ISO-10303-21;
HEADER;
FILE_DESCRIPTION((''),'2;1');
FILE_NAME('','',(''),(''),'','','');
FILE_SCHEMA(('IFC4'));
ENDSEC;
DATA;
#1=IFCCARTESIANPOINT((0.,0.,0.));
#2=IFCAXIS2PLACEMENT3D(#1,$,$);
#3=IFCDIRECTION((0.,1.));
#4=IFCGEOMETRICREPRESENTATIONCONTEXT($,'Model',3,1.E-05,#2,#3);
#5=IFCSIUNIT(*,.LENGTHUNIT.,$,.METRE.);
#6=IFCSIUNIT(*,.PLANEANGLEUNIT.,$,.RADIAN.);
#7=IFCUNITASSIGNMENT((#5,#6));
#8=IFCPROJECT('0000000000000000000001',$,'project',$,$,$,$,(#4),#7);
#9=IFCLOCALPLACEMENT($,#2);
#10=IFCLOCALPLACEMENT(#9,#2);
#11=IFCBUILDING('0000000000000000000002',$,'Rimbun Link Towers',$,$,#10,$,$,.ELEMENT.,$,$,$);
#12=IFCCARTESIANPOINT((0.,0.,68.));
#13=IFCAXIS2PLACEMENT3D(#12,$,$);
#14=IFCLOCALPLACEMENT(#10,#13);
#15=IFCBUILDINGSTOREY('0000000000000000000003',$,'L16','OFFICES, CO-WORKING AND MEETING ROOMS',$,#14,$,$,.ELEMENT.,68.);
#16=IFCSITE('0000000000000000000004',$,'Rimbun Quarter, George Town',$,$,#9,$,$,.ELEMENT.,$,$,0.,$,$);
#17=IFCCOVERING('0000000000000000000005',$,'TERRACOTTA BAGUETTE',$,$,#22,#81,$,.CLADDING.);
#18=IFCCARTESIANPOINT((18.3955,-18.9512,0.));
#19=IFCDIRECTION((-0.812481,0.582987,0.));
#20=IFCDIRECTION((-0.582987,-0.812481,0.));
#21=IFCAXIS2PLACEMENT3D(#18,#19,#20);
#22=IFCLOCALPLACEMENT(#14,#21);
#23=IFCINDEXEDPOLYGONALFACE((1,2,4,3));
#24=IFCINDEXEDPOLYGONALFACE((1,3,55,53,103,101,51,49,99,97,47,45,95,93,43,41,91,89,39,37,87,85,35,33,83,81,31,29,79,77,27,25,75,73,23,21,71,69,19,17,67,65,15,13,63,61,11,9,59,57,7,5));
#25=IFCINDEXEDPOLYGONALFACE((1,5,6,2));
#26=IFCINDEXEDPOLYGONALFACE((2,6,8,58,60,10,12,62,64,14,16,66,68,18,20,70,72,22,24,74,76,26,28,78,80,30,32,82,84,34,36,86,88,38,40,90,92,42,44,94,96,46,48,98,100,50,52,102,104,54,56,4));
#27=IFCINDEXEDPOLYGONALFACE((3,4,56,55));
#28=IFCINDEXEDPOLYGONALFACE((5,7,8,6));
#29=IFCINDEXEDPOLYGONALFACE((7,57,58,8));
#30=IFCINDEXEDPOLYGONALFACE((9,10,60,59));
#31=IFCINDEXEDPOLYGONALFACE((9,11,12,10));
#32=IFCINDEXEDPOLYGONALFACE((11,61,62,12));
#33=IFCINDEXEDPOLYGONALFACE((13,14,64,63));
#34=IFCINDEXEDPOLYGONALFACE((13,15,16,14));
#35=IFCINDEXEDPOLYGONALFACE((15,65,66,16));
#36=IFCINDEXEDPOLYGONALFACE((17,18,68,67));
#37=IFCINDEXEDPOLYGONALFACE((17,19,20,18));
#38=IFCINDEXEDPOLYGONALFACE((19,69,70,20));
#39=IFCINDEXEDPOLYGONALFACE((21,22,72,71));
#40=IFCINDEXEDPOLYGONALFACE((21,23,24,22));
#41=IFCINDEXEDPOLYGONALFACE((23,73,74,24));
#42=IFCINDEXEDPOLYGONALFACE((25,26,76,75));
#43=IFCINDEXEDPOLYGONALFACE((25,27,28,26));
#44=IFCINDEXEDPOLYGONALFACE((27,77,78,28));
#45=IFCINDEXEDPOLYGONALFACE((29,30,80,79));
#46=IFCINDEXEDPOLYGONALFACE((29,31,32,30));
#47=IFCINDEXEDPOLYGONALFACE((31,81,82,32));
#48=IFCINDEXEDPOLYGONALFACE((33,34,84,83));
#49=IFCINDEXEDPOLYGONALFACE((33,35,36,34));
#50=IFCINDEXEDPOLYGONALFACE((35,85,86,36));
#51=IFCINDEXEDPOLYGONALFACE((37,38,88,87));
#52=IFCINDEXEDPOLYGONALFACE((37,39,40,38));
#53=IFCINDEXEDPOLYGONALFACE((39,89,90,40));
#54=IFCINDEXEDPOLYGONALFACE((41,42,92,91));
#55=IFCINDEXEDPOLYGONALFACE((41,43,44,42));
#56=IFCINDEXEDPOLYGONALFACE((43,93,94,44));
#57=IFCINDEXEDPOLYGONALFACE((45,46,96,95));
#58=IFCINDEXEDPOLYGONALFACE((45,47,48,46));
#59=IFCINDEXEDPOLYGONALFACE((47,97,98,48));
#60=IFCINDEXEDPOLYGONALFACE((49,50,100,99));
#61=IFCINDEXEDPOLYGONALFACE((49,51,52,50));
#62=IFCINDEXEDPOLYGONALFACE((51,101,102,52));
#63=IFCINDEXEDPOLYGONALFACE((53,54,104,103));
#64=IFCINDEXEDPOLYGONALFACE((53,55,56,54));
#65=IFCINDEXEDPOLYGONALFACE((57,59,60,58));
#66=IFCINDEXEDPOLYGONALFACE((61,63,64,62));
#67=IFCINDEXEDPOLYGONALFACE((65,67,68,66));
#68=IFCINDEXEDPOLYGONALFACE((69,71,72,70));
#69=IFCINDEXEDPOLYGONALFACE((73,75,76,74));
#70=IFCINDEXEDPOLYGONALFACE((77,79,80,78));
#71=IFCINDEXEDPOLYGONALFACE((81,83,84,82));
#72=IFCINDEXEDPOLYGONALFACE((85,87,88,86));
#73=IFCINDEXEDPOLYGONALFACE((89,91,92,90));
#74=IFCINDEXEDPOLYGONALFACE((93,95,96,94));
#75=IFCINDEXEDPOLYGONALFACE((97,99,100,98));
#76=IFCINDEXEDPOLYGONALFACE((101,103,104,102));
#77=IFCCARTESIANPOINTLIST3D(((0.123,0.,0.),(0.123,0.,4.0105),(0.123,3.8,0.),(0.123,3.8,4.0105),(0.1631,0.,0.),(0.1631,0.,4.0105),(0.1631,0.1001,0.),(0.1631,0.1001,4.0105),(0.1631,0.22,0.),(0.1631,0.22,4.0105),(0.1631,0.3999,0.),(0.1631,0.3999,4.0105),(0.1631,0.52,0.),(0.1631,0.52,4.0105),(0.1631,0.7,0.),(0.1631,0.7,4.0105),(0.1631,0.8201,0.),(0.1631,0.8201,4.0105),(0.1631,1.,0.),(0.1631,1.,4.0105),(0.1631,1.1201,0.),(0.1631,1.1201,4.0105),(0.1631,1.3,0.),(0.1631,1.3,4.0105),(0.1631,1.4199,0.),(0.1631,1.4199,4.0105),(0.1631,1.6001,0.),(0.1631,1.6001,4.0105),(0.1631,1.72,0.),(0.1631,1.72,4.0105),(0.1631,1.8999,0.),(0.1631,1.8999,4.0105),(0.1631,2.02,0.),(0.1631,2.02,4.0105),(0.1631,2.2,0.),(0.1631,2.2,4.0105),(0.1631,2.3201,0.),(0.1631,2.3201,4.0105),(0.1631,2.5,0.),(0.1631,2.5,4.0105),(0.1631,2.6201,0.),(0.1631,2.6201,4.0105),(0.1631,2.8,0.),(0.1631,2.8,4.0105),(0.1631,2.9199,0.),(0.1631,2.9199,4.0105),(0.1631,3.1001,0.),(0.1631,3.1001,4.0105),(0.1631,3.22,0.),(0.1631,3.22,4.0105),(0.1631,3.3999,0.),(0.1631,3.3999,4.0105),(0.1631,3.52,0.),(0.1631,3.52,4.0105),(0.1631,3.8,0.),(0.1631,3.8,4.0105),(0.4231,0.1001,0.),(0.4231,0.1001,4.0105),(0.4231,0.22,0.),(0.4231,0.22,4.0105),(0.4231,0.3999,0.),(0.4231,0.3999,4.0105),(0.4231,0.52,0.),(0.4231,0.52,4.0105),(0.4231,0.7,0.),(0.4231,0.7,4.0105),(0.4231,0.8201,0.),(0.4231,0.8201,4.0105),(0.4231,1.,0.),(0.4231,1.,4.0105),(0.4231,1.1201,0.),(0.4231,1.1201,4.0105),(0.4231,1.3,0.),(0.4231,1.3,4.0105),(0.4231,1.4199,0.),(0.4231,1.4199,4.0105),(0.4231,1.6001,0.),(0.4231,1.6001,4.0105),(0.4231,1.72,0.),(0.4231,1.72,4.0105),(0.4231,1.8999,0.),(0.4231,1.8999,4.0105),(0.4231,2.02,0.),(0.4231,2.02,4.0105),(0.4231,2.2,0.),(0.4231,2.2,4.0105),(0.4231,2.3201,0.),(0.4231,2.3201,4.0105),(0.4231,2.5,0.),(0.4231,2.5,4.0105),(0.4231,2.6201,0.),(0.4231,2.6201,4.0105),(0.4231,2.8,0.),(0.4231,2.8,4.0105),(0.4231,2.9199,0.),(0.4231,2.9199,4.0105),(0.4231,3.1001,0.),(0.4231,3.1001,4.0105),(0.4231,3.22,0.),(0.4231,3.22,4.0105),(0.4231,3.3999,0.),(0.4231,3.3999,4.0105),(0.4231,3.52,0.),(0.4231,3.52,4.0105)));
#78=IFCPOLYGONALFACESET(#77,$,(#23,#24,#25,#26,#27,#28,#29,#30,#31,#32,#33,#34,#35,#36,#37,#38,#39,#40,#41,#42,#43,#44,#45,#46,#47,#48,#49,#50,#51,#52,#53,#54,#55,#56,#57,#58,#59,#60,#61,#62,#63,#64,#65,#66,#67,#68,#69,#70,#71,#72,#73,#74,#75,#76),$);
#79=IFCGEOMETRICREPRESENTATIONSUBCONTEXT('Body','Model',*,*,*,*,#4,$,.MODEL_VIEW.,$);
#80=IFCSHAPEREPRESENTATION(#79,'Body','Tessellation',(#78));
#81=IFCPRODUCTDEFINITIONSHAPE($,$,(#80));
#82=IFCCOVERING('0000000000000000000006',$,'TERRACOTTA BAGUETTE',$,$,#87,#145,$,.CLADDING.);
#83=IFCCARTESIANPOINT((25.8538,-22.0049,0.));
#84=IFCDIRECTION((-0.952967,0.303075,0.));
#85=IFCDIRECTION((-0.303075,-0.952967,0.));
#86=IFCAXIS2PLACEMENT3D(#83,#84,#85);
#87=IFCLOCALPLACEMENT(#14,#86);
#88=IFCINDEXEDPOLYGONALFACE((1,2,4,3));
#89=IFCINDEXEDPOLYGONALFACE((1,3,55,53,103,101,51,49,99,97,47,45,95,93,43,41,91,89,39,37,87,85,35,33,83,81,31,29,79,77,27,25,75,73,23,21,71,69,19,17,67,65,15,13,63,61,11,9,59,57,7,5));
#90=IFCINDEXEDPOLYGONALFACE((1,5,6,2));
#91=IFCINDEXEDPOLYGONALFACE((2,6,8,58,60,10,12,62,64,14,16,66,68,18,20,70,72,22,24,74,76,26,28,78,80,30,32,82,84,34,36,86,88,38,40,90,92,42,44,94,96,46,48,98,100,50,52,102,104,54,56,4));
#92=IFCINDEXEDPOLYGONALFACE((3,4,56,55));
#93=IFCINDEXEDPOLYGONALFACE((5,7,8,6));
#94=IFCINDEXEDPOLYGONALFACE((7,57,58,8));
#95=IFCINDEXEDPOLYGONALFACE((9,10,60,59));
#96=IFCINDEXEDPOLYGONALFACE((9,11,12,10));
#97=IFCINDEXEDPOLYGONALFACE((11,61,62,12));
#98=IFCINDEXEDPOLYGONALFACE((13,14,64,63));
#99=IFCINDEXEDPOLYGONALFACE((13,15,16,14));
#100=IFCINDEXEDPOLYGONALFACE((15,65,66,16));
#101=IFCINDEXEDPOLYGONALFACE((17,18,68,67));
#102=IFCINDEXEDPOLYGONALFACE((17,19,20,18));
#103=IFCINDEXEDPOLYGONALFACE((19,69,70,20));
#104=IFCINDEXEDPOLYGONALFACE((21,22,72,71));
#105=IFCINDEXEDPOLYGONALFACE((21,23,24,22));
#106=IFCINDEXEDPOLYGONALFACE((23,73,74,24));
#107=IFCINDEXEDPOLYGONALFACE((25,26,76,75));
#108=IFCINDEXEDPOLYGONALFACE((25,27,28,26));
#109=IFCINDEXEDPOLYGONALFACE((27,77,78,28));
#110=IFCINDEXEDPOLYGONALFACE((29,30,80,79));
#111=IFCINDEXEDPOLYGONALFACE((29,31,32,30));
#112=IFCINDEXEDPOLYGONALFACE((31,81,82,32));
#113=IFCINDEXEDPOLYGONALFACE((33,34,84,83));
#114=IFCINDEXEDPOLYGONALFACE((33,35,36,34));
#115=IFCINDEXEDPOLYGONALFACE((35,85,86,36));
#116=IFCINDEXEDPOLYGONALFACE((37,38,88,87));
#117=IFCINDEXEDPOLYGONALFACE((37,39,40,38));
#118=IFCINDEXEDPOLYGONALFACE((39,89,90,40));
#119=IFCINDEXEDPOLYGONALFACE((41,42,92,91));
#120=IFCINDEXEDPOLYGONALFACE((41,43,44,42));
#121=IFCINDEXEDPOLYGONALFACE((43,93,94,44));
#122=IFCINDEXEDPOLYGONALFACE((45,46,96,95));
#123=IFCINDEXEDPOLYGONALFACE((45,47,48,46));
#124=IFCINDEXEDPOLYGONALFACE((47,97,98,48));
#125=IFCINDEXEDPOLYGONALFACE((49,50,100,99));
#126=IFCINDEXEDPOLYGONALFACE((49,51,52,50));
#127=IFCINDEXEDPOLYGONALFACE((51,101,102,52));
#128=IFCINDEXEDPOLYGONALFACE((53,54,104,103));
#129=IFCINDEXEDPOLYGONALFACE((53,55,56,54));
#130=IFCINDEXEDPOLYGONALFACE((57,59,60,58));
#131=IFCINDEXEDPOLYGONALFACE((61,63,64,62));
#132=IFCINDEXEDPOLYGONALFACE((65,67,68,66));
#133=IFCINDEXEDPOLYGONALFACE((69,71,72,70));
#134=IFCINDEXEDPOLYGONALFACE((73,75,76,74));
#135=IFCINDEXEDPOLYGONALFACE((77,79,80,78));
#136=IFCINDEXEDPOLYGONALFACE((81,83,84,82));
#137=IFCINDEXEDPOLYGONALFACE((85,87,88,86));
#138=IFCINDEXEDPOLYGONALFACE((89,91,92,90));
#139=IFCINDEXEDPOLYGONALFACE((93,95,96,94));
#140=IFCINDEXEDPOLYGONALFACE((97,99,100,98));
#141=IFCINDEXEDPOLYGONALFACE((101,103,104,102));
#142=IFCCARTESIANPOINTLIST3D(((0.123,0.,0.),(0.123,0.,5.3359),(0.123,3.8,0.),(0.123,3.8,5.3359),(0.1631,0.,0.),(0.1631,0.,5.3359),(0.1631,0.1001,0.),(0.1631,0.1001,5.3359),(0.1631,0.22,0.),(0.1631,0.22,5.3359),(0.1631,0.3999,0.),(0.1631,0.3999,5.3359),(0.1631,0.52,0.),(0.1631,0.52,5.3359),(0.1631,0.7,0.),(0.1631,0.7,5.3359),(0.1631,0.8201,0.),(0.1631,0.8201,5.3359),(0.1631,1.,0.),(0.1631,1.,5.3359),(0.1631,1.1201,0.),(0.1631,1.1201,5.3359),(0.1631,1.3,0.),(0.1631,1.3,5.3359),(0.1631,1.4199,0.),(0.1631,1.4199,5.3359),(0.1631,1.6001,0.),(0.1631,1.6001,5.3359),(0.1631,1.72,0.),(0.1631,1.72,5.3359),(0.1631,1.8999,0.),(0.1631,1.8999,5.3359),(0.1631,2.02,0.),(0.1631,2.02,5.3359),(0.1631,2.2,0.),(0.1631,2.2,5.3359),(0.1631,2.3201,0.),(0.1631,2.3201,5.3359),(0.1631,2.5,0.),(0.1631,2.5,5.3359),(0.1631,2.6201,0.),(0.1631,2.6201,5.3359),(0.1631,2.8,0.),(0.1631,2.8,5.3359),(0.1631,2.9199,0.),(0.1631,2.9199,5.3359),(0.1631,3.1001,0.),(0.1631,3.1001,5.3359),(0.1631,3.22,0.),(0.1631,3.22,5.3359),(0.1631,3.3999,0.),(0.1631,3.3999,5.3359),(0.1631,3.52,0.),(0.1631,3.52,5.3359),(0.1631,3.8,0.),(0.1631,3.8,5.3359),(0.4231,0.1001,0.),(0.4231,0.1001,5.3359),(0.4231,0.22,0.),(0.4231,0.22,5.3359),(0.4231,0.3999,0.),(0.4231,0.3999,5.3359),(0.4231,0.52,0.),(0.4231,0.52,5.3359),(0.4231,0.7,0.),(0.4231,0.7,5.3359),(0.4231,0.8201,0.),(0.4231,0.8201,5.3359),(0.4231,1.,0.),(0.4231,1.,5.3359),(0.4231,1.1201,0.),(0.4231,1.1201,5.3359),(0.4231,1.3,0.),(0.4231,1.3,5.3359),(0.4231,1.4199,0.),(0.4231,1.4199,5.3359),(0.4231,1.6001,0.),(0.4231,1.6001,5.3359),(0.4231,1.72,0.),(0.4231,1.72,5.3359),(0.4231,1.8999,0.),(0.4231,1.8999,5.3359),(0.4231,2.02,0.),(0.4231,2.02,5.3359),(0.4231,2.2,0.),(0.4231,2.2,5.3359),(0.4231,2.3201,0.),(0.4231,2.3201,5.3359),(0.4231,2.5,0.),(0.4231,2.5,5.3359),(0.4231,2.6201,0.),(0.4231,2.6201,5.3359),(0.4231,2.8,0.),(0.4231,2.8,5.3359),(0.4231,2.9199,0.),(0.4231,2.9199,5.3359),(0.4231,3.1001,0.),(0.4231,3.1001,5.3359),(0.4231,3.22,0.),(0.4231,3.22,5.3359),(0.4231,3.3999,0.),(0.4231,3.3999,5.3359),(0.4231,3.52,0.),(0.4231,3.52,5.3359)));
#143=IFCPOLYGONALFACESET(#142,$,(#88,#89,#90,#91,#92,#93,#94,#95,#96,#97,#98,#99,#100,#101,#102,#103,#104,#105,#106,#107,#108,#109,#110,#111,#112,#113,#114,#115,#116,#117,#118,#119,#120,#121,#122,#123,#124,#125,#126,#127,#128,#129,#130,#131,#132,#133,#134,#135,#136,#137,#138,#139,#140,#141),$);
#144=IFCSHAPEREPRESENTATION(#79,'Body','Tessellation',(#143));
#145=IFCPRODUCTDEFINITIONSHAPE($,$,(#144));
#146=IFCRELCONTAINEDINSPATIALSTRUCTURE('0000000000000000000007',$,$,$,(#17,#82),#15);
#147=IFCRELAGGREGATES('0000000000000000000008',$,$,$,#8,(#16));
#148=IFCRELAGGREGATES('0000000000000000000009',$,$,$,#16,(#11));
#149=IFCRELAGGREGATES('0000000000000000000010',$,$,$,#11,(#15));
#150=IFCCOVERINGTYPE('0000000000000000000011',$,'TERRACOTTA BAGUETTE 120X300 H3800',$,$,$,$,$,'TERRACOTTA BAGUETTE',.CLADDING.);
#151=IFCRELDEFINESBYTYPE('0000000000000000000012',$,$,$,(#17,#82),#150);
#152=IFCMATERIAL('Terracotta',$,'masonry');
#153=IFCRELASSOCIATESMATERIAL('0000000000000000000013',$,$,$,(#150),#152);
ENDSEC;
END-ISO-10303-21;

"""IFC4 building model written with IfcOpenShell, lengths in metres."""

from ifc_helpers import new_model, si_unit, direction, frame, origin, place, context, subcontext, project, spatial, polyline, outline, extrude, material, material_profile, profile_set, type_object, element, save


model = new_model("IFC4")

# Units and contexts
model_context = context("Model", 3, precision=1e-05, world=origin(), true_north=direction((0.0, 1.0)))
body_context = subcontext(model_context, "Body", "Model", "MODEL_VIEW")
ifc_project = project(units=[si_unit("LENGTHUNIT", "METRE"), si_unit("PLANEANGLEUNIT", "RADIAN")], contexts=[model_context])

# Site, building, storey
site_placement = place(None, origin())
site = spatial("IfcSite", under=ifc_project, at=site_placement, Name="Rimbun Quarter, George Town", CompositionType="ELEMENT", RefElevation=0.0)
building_placement = place(site_placement, origin())
building = spatial("IfcBuilding", under=site, at=building_placement, Name="Rimbun Link Towers", CompositionType="ELEMENT")
storey_placement = place(building_placement, frame((0.0, 0.0, 68.0)))
storey = spatial("IfcBuildingStorey", under=building, at=storey_placement, Name="L16", Description="OFFICES, CO-WORKING AND MEETING ROOMS", CompositionType="ELEMENT", Elevation=68.0)

# Coverings
ifc_material_1 = material(Name="Terracotta", Category="masonry")
ifc_material_profile_1 = material_profile(ifc_material_1, outline(polyline([(0.123, 0.0), (0.1631, 0.0), (0.1631, 0.1001), (0.4231, 0.1001), (0.4231, 0.22), (0.1631, 0.22), (0.1631, 0.3999), (0.4231, 0.3999), (0.4231, 0.52), (0.1631, 0.52), (0.1631, 0.7), (0.4231, 0.7), (0.4231, 0.8201), (0.1631, 0.8201), (0.1631, 1.0), (0.4231, 1.0), (0.4231, 1.1201), (0.1631, 1.1201), (0.1631, 1.3), (0.4231, 1.3), (0.4231, 1.4199), (0.1631, 1.4199), (0.1631, 1.6001), (0.4231, 1.6001), (0.4231, 1.72), (0.1631, 1.72), (0.1631, 1.8999), (0.4231, 1.8999), (0.4231, 2.02), (0.1631, 2.02), (0.1631, 2.2), (0.4231, 2.2), (0.4231, 2.3201), (0.1631, 2.3201), (0.1631, 2.5), (0.4231, 2.5), (0.4231, 2.6201), (0.1631, 2.6201), (0.1631, 2.8), (0.4231, 2.8), (0.4231, 2.9199), (0.1631, 2.9199), (0.1631, 3.1001), (0.4231, 3.1001), (0.4231, 3.22), (0.1631, 3.22), (0.1631, 3.3999), (0.4231, 3.3999), (0.4231, 3.52), (0.1631, 3.52), (0.1631, 3.8), (0.123, 3.8), (0.123, 0.0)])), Name="BAGUETTE 120X300")
ifc_profile_set_1 = profile_set([ifc_material_profile_1], Name="Terracotta")
covering_type = type_object("IfcCoveringType", Name="TERRACOTTA BAGUETTE 120X300 H3800", ElementType="TERRACOTTA BAGUETTE", PredefinedType="CLADDING", material=ifc_profile_set_1)
covering_1_placement = place(storey_placement, frame((18.3955, -18.9512, 0.0), z_axis=(-0.812481, 0.582987, 0.0), x_axis=(-0.582987, -0.812481, 0.0)))
element("IfcCovering", 1, at=covering_1_placement, inside=storey, type_object=covering_type, Name="TERRACOTTA BAGUETTE", PredefinedType="CLADDING", context=body_context, shape_type="SweptSolid", body=[
    extrude(outline(polyline([(0.123, 0.0), (0.1631, 0.0), (0.1631, 0.1001), (0.4231, 0.1001), (0.4231, 0.22), (0.1631, 0.22), (0.1631, 0.3999), (0.4231, 0.3999), (0.4231, 0.52), (0.1631, 0.52), (0.1631, 0.7), (0.4231, 0.7), (0.4231, 0.8201), (0.1631, 0.8201), (0.1631, 1.0), (0.4231, 1.0), (0.4231, 1.1201), (0.1631, 1.1201), (0.1631, 1.3), (0.4231, 1.3), (0.4231, 1.4199), (0.1631, 1.4199), (0.1631, 1.6001), (0.4231, 1.6001), (0.4231, 1.72), (0.1631, 1.72), (0.1631, 1.8999), (0.4231, 1.8999), (0.4231, 2.02), (0.1631, 2.02), (0.1631, 2.2), (0.4231, 2.2), (0.4231, 2.3201), (0.1631, 2.3201), (0.1631, 2.5), (0.4231, 2.5), (0.4231, 2.6201), (0.1631, 2.6201), (0.1631, 2.8), (0.4231, 2.8), (0.4231, 2.9199), (0.1631, 2.9199), (0.1631, 3.1001), (0.4231, 3.1001), (0.4231, 3.22), (0.1631, 3.22), (0.1631, 3.3999), (0.4231, 3.3999), (0.4231, 3.52), (0.1631, 3.52), (0.1631, 3.8), (0.123, 3.8), (0.123, 0.0)])), origin(), (0.0, 0.0, 1.0), 4.0105),
])
covering_2_placement = place(storey_placement, frame((25.8538, -22.0049, 0.0), z_axis=(-0.952967, 0.303075, 0.0), x_axis=(-0.303075, -0.952967, 0.0)))
element("IfcCovering", 2, at=covering_2_placement, inside=storey, type_object=covering_type, Name="TERRACOTTA BAGUETTE", PredefinedType="CLADDING", context=body_context, shape_type="SweptSolid", body=[
    extrude(outline(polyline([(0.123, 0.0), (0.1631, 0.0), (0.1631, 0.1001), (0.4231, 0.1001), (0.4231, 0.22), (0.1631, 0.22), (0.1631, 0.3999), (0.4231, 0.3999), (0.4231, 0.52), (0.1631, 0.52), (0.1631, 0.7), (0.4231, 0.7), (0.4231, 0.8201), (0.1631, 0.8201), (0.1631, 1.0), (0.4231, 1.0), (0.4231, 1.1201), (0.1631, 1.1201), (0.1631, 1.3), (0.4231, 1.3), (0.4231, 1.4199), (0.1631, 1.4199), (0.1631, 1.6001), (0.4231, 1.6001), (0.4231, 1.72), (0.1631, 1.72), (0.1631, 1.8999), (0.4231, 1.8999), (0.4231, 2.02), (0.1631, 2.02), (0.1631, 2.2), (0.4231, 2.2), (0.4231, 2.3201), (0.1631, 2.3201), (0.1631, 2.5), (0.4231, 2.5), (0.4231, 2.6201), (0.1631, 2.6201), (0.1631, 2.8), (0.4231, 2.8), (0.4231, 2.9199), (0.1631, 2.9199), (0.1631, 3.1001), (0.4231, 3.1001), (0.4231, 3.22), (0.1631, 3.22), (0.1631, 3.3999), (0.4231, 3.3999), (0.4231, 3.52), (0.1631, 3.52), (0.1631, 3.8), (0.123, 3.8), (0.123, 0.0)])), origin(), (0.0, 0.0, 1.0), 5.3359),
])

save(model, "model.ifc")
